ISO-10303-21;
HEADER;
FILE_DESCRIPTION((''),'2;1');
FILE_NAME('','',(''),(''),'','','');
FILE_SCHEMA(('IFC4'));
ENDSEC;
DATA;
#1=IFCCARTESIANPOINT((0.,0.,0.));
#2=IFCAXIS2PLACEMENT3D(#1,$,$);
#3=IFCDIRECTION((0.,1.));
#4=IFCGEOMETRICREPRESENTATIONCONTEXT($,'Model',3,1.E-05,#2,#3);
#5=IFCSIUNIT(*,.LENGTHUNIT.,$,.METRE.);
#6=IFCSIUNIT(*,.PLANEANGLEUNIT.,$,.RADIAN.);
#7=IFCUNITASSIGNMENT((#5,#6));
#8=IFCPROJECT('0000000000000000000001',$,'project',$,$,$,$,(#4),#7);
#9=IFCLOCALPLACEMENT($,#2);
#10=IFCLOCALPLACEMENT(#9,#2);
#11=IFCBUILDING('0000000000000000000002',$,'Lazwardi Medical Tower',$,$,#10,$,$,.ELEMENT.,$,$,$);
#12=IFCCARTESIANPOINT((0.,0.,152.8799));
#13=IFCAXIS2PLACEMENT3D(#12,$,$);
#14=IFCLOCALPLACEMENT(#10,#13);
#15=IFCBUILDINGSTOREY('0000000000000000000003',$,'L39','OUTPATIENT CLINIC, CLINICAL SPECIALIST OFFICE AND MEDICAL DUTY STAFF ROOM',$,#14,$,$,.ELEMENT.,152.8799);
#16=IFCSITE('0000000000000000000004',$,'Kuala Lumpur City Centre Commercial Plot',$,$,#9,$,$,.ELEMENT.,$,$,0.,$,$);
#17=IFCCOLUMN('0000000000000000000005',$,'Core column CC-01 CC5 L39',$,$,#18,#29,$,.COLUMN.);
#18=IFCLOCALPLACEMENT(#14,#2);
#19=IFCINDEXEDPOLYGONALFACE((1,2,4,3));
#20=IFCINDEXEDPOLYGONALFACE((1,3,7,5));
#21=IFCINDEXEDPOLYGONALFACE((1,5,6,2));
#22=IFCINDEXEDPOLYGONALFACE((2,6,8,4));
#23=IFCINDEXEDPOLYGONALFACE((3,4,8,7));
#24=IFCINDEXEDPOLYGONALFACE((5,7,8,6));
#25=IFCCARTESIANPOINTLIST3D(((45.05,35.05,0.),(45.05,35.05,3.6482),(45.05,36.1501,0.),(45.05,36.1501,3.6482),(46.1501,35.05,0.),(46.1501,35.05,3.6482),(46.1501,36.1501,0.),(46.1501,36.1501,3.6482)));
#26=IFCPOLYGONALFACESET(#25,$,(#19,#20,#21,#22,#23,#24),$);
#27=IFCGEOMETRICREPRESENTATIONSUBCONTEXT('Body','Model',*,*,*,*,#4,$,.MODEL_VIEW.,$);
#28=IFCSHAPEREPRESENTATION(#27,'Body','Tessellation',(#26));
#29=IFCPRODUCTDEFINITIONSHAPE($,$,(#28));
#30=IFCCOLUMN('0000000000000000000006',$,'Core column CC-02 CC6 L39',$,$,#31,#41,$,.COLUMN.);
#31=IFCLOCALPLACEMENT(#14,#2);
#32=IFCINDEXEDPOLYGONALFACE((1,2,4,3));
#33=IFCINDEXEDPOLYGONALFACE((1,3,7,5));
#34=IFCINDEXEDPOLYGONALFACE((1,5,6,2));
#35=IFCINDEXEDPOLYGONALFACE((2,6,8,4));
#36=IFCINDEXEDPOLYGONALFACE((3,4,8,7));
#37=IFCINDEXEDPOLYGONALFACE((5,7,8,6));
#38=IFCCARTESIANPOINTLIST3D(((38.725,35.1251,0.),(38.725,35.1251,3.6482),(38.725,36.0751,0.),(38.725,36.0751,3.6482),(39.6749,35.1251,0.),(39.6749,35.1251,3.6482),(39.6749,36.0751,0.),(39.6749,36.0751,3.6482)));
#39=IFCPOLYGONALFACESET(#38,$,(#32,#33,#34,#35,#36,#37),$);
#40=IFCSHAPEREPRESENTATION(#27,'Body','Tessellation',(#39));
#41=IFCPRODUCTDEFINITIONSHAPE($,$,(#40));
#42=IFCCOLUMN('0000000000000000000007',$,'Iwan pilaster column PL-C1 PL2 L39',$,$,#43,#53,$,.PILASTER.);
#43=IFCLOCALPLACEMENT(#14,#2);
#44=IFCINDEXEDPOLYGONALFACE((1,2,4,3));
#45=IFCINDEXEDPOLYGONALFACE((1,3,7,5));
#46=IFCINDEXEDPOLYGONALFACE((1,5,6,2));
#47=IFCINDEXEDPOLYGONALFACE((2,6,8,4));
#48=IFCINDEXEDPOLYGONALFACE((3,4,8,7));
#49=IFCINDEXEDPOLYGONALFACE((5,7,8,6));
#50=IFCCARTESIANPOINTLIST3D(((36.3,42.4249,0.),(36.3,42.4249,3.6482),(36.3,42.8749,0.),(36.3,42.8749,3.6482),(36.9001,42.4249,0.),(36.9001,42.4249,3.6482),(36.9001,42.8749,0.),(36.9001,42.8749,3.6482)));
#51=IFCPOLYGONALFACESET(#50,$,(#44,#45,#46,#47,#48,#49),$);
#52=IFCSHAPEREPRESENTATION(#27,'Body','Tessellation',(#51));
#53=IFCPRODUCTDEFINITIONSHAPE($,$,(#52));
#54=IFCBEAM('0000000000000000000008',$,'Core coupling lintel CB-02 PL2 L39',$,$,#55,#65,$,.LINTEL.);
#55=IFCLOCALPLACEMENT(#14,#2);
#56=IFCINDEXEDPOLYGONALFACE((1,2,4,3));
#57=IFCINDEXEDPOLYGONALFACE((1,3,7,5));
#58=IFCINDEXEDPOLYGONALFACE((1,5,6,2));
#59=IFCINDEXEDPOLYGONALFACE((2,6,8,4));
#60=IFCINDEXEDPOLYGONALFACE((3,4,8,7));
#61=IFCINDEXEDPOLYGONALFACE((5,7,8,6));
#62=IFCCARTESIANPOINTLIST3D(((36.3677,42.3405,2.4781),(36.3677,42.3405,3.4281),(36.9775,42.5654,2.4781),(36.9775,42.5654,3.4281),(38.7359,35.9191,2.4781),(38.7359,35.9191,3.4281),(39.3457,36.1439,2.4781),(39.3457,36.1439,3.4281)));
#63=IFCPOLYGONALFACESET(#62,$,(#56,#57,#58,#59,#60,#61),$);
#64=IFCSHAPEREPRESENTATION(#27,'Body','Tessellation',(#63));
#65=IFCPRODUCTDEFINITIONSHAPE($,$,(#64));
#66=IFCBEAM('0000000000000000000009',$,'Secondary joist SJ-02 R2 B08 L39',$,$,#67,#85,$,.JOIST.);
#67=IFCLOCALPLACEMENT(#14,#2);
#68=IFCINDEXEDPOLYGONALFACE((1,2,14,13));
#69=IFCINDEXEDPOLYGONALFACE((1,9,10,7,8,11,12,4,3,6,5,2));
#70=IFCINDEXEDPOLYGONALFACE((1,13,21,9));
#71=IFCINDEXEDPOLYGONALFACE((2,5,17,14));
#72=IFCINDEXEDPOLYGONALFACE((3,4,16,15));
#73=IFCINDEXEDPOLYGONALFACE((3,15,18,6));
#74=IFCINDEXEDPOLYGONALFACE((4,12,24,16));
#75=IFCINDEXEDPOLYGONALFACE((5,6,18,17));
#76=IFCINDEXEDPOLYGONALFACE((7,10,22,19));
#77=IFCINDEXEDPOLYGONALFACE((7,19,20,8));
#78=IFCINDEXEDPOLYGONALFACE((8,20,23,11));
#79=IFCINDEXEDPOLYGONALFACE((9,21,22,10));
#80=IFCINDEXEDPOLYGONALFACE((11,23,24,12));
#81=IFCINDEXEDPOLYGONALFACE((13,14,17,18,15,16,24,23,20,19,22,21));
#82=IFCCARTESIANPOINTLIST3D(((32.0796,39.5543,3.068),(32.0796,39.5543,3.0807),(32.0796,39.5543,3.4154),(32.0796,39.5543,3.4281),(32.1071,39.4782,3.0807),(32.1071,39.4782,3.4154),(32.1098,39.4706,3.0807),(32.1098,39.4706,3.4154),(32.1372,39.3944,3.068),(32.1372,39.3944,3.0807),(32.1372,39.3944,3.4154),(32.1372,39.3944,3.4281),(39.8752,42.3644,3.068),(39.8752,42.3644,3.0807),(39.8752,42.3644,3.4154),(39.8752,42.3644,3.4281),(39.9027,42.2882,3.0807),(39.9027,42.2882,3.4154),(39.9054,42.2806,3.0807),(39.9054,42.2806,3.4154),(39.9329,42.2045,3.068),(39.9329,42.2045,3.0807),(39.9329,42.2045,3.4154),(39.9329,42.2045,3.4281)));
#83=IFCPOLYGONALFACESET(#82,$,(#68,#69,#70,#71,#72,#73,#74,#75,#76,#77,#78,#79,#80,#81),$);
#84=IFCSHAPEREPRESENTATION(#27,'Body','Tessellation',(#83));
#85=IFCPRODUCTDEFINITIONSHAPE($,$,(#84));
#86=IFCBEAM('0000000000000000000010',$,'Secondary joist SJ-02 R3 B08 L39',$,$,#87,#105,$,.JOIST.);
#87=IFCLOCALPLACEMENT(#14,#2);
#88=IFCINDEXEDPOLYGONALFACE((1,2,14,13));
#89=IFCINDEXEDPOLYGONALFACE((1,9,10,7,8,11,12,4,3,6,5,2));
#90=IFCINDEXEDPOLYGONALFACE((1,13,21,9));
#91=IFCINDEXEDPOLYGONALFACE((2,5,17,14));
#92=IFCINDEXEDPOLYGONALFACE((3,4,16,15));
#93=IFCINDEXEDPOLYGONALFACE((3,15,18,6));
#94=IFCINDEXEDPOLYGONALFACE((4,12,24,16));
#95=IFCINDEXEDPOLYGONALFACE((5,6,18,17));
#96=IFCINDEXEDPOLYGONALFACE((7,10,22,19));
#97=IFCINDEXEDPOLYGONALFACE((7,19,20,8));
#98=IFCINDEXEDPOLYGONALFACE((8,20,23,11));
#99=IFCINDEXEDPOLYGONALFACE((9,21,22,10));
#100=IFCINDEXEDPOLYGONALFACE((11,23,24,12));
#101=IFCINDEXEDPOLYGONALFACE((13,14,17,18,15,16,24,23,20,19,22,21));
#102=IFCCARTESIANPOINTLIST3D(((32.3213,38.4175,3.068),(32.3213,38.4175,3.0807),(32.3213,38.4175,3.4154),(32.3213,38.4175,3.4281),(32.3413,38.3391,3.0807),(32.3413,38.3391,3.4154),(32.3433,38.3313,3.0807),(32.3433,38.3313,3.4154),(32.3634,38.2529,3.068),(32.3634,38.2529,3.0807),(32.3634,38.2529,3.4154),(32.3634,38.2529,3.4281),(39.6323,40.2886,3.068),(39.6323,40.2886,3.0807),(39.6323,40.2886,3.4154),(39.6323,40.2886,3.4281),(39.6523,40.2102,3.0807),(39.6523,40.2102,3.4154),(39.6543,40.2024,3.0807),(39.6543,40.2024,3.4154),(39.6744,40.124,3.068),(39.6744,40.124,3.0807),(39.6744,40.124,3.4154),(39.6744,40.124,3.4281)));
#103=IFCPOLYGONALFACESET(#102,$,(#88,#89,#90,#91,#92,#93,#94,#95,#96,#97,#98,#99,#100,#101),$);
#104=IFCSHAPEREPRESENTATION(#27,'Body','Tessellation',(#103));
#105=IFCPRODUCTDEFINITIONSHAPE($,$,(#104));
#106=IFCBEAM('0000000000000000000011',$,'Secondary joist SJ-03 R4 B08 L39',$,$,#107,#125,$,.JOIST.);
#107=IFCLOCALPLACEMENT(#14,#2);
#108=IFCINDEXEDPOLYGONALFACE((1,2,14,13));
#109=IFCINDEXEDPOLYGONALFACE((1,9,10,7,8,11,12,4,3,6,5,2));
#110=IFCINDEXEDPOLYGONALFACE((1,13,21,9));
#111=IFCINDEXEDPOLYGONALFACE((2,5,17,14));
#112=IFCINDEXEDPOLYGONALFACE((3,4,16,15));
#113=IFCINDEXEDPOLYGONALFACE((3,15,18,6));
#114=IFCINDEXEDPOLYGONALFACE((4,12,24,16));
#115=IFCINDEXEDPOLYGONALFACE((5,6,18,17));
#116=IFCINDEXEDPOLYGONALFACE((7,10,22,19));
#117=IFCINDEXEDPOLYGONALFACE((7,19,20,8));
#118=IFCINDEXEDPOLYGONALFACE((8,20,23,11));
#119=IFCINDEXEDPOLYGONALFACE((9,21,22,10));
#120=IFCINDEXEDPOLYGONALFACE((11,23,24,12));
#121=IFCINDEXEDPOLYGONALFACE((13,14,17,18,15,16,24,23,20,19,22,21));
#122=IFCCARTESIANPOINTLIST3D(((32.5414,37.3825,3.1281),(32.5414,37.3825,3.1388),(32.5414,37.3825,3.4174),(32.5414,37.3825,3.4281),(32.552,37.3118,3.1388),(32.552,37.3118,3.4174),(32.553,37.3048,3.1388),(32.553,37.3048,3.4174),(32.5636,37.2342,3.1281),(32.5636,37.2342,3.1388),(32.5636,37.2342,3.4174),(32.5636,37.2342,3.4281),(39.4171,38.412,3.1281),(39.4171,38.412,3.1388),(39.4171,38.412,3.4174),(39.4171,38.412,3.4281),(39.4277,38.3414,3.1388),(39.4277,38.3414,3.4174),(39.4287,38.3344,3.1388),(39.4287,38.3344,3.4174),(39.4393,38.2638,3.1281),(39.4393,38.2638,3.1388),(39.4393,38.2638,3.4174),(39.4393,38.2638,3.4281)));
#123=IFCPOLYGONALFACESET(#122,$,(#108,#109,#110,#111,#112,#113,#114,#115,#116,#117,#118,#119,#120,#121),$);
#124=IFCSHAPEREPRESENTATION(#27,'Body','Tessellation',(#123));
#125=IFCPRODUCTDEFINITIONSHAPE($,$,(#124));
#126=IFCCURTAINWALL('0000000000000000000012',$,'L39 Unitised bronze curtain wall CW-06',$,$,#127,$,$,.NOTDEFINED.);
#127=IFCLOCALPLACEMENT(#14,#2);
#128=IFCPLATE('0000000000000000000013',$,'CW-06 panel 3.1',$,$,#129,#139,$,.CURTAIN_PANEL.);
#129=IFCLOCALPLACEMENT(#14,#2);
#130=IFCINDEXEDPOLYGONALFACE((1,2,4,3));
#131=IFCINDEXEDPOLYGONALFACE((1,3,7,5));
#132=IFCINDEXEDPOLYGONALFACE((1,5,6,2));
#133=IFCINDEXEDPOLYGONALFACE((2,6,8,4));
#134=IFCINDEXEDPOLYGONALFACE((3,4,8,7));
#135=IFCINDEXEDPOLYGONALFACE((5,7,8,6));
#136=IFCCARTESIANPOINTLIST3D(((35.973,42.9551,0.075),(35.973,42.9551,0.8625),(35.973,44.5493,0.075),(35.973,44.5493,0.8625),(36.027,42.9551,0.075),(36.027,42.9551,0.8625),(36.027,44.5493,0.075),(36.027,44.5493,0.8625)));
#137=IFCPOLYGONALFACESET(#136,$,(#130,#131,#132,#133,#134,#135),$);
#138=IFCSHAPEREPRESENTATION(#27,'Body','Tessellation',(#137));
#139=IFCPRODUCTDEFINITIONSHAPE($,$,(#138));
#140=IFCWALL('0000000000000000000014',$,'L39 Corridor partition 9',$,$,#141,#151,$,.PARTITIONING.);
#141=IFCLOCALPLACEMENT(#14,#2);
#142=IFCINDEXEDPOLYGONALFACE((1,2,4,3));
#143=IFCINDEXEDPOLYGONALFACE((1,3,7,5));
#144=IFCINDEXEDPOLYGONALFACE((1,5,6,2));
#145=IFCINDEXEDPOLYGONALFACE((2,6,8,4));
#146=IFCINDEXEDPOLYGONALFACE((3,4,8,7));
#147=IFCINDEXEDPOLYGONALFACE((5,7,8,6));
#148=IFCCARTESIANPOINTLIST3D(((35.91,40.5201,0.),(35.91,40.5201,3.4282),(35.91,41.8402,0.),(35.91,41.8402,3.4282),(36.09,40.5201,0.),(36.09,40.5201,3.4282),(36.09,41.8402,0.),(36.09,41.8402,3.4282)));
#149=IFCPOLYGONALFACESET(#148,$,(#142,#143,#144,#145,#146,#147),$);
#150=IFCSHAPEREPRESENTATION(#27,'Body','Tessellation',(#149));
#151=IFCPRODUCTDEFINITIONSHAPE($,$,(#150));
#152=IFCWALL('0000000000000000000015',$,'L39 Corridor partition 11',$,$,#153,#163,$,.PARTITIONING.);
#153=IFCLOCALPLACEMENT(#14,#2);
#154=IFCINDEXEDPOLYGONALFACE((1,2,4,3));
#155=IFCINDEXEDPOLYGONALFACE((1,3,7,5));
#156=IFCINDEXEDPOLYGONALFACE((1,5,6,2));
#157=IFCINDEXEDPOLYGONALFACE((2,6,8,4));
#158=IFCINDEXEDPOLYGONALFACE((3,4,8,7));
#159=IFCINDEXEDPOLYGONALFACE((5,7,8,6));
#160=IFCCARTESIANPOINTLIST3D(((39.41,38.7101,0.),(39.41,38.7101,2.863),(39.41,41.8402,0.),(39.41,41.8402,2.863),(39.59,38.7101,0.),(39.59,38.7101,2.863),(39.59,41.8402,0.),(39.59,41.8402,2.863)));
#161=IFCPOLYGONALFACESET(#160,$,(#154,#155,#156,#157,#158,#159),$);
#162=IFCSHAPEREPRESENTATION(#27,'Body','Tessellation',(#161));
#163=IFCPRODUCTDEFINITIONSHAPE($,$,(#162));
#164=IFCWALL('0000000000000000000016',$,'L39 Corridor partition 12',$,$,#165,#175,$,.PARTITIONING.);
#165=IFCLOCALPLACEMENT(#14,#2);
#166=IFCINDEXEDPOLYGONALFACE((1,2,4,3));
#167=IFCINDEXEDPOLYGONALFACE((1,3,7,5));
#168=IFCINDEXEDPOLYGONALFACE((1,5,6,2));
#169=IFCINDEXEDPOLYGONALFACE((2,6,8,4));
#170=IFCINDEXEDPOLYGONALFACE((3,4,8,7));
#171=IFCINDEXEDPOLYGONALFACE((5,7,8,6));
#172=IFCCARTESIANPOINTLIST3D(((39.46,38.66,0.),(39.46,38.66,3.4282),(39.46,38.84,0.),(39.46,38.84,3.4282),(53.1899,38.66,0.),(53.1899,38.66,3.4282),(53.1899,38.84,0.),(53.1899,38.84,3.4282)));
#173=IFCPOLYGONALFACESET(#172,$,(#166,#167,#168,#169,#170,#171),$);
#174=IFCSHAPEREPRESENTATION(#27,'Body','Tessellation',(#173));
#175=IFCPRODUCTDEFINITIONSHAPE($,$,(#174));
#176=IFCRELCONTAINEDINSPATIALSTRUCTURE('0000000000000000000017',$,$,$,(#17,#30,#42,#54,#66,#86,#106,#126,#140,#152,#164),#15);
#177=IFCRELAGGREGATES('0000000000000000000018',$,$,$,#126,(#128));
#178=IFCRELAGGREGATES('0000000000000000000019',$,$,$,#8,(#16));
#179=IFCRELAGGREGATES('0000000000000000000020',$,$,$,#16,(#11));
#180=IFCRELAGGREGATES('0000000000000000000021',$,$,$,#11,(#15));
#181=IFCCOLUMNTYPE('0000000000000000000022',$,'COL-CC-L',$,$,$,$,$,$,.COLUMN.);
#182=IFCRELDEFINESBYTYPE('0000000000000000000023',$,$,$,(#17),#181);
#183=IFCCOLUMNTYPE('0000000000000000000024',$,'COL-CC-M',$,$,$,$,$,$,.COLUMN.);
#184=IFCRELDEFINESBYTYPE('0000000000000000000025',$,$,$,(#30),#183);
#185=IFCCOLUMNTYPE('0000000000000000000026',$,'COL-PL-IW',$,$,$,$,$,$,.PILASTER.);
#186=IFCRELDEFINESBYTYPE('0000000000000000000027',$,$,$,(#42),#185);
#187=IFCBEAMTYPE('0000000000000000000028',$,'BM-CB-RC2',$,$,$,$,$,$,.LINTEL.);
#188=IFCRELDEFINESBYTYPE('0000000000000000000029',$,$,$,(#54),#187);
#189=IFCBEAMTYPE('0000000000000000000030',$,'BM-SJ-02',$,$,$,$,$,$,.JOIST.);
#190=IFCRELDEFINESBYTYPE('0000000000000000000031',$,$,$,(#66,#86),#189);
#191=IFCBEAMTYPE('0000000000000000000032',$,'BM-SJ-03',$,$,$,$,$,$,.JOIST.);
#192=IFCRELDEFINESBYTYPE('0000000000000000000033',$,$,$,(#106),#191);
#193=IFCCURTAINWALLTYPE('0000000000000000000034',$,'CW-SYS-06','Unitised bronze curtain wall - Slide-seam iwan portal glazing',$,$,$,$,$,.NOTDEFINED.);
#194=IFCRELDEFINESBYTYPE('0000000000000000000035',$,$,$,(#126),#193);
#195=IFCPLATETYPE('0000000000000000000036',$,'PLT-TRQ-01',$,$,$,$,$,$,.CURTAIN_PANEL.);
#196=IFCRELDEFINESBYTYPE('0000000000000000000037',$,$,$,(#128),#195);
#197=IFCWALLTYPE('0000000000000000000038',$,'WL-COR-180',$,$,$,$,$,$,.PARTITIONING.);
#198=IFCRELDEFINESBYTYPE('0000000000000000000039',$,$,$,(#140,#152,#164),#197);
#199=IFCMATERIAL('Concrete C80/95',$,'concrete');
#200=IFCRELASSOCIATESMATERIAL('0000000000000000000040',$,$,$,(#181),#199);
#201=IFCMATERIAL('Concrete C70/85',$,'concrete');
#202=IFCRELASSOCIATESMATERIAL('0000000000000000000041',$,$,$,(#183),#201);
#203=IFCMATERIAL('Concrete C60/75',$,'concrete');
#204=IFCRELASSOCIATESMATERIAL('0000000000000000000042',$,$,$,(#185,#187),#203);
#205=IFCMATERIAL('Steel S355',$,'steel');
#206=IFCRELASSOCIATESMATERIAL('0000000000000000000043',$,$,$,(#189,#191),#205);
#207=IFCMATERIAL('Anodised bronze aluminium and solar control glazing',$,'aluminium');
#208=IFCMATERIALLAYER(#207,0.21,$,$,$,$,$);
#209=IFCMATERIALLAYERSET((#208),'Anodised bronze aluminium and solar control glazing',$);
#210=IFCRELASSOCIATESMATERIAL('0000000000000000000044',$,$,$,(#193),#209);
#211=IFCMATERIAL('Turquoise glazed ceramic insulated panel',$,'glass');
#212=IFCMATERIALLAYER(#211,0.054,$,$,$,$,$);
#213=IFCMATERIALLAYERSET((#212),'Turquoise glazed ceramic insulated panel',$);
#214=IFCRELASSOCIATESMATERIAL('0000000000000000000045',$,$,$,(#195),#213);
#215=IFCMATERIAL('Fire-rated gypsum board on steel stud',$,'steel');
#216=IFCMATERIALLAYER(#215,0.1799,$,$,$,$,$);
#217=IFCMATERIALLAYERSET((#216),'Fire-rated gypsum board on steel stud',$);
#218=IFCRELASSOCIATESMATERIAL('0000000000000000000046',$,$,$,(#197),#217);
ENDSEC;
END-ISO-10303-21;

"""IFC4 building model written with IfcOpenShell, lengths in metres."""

from ifc_helpers import new_model, si_unit, direction, frame, frame_2d, origin, origin_2d, place, context, subcontext, project, spatial, rectangle, i_section, extrude, material, layer, layer_set, material_profile, profile_set, type_object, element, aggregate, save


model = new_model("IFC4")

# Units and contexts
model_context = context("Model", 3, precision=1e-05, world=origin(), true_north=direction((0.0, 1.0)))
body_context = subcontext(model_context, "Body", "Model", "MODEL_VIEW")
ifc_project = project(units=[si_unit("LENGTHUNIT", "METRE"), si_unit("PLANEANGLEUNIT", "RADIAN")], contexts=[model_context])

# Site, building, storey
site_placement = place(None, origin())
site = spatial("IfcSite", under=ifc_project, at=site_placement, Name="Kuala Lumpur City Centre Commercial Plot", CompositionType="ELEMENT", RefElevation=0.0)
building_placement = place(site_placement, origin())
building = spatial("IfcBuilding", under=site, at=building_placement, Name="Lazwardi Medical Tower", CompositionType="ELEMENT")
storey_placement = place(building_placement, frame((0.0, 0.0, 152.8799)))
storey = spatial("IfcBuildingStorey", under=building, at=storey_placement, Name="L39", Description="OUTPATIENT CLINIC, CLINICAL SPECIALIST OFFICE AND MEDICAL DUTY STAFF ROOM", CompositionType="ELEMENT", Elevation=152.8799)

# Columns
ifc_material_1 = material(Name="Concrete C80/95", Category="concrete")
ifc_material_profile_1 = material_profile(ifc_material_1, rectangle(XDim=1.1001, YDim=1.1001, at=origin_2d()), Name="RC 1100x1100")
ifc_profile_set_1 = profile_set([ifc_material_profile_1], Name="Concrete C80/95")
column_type_1 = type_object("IfcColumnType", Name="COL-CC-L", PredefinedType="COLUMN", material=ifc_profile_set_1)
column_1_placement = place(storey_placement, frame((45.6001, 35.6001, 0.0), z_axis=(0.0, 0.0, 1.0), x_axis=(1.0, 0.0, 0.0)))
element("IfcColumn", 1, at=column_1_placement, inside=storey, type_object=column_type_1, Name="Core column CC-01 CC5 L39", PredefinedType="COLUMN", context=body_context, shape_type="SweptSolid", body=[
    extrude(rectangle(XDim=1.1001, YDim=1.1001, at=origin_2d()), origin(), (0.0, 0.0, 1.0), 3.6482),
])
ifc_material_2 = material(Name="Concrete C70/85", Category="concrete")
ifc_material_profile_2 = material_profile(ifc_material_2, rectangle(XDim=0.95, YDim=0.95, at=origin_2d()), Name="RC 950x950")
ifc_profile_set_2 = profile_set([ifc_material_profile_2], Name="Concrete C70/85")
column_type_2 = type_object("IfcColumnType", Name="COL-CC-M", PredefinedType="COLUMN", material=ifc_profile_set_2)
column_2_placement = place(storey_placement, frame((39.2, 35.6001, 0.0), z_axis=(0.0, 0.0, 1.0), x_axis=(1.0, 0.0, 0.0)))
element("IfcColumn", 2, at=column_2_placement, inside=storey, type_object=column_type_2, Name="Core column CC-02 CC6 L39", PredefinedType="COLUMN", context=body_context, shape_type="SweptSolid", body=[
    extrude(rectangle(XDim=0.95, YDim=0.95, at=origin_2d()), origin(), (0.0, 0.0, 1.0), 3.6482),
])
ifc_material_3 = material(Name="Concrete C60/75", Category="concrete")
ifc_material_profile_3 = material_profile(ifc_material_3, rectangle(XDim=0.6001, YDim=0.45, at=origin_2d()), Name="RC 600x450")
ifc_profile_set_3 = profile_set([ifc_material_profile_3], Name="Concrete C60/75")
column_type_3 = type_object("IfcColumnType", Name="COL-PL-IW", PredefinedType="PILASTER", material=ifc_profile_set_3)
column_3_placement = place(storey_placement, frame((36.6001, 42.6499, 0.0), z_axis=(0.0, 0.0, 1.0), x_axis=(1.0, 0.0, 0.0)))
element("IfcColumn", 3, at=column_3_placement, inside=storey, type_object=column_type_3, Name="Iwan pilaster column PL-C1 PL2 L39", PredefinedType="PILASTER", context=body_context, shape_type="SweptSolid", body=[
    extrude(rectangle(XDim=0.6001, YDim=0.45, at=origin_2d()), origin(), (0.0, 0.0, 1.0), 3.6482),
])

# Beams
ifc_material_profile_4 = material_profile(ifc_material_3, rectangle(XDim=0.6499, YDim=0.95, at=origin_2d()), Name="RC 650x950")
ifc_profile_set_4 = profile_set([ifc_material_profile_4], Name="Concrete C60/75")
beam_type_1 = type_object("IfcBeamType", Name="BM-CB-RC2", PredefinedType="LINTEL", material=ifc_profile_set_4)
beam_1_placement = place(storey_placement, frame((39.0408, 36.0315, 2.9531), z_axis=(-0.346013, 0.93823, 0.0), x_axis=(-0.93823, -0.346013, 0.0)))
element("IfcBeam", 4, at=beam_1_placement, inside=storey, type_object=beam_type_1, Name="Core coupling lintel CB-02 PL2 L39", PredefinedType="LINTEL", context=body_context, shape_type="SweptSolid", body=[
    extrude(rectangle(XDim=0.6499, YDim=0.95, at=origin_2d()), origin(), (0.0, 0.0, 1.0), 6.8442),
])
ifc_material_4 = material(Name="Steel S355", Category="steel")
ifc_material_profile_5 = material_profile(ifc_material_4, i_section(OverallWidth=0.1699, OverallDepth=0.3601, WebThickness=0.0081, FlangeThickness=0.0127, at=origin_2d()), Name="IPE 360")
ifc_profile_set_5 = profile_set([ifc_material_profile_5], Name="Steel S355")
beam_type_2 = type_object("IfcBeamType", Name="BM-SJ-02", PredefinedType="JOIST", material=ifc_profile_set_5)
beam_2_placement = place(storey_placement, frame((39.9041, 42.2844, 3.248), z_axis=(-0.940748, -0.339106, 0.0), x_axis=(0.339106, -0.940748, 0.0)))
element("IfcBeam", 5, at=beam_2_placement, inside=storey, type_object=beam_type_2, Name="Secondary joist SJ-02 R2 B08 L39", PredefinedType="JOIST", context=body_context, shape_type="SweptSolid", body=[
    extrude(i_section(OverallWidth=0.1699, OverallDepth=0.3601, WebThickness=0.0081, FlangeThickness=0.0127, at=origin_2d()), origin(), (0.0, 0.0, 1.0), 8.2866),
])
beam_3_placement = place(storey_placement, frame((39.6533, 40.2063, 3.248), z_axis=(-0.968776, -0.247936, 0.0), x_axis=(0.247936, -0.968776, 0.0)))
element("IfcBeam", 6, at=beam_3_placement, inside=storey, type_object=beam_type_2, Name="Secondary joist SJ-02 R3 B08 L39", PredefinedType="JOIST", context=body_context, shape_type="SweptSolid", body=[
    extrude(i_section(OverallWidth=0.1699, OverallDepth=0.3601, WebThickness=0.0081, FlangeThickness=0.0127, at=origin_2d()), origin(), (0.0, 0.0, 1.0), 7.5466),
])
ifc_material_profile_6 = material_profile(ifc_material_4, i_section(OverallWidth=0.1499, OverallDepth=0.3, WebThickness=0.0071, FlangeThickness=0.0107, at=origin_2d()), Name="IPE 300")
ifc_profile_set_6 = profile_set([ifc_material_profile_6], Name="Steel S355")
beam_type_3 = type_object("IfcBeamType", Name="BM-SJ-03", PredefinedType="JOIST", material=ifc_profile_set_6)
beam_4_placement = place(storey_placement, frame((39.4282, 38.3379, 3.2781), z_axis=(-0.988975, -0.148085, 0.0), x_axis=(0.148085, -0.988975, 0.0)))
element("IfcBeam", 7, at=beam_4_placement, inside=storey, type_object=beam_type_3, Name="Secondary joist SJ-03 R4 B08 L39", PredefinedType="JOIST", context=body_context, shape_type="SweptSolid", body=[
    extrude(i_section(OverallWidth=0.1499, OverallDepth=0.3, WebThickness=0.0071, FlangeThickness=0.0107, at=origin_2d()), origin(), (0.0, 0.0, 1.0), 6.9524),
])

# Curtain wall, plate
ifc_material_5 = material(Name="Anodised bronze aluminium and solar control glazing", Category="aluminium")
ifc_layer_1 = layer(ifc_material_5, 0.21)
ifc_layer_set_1 = layer_set([ifc_layer_1], Name="Anodised bronze aluminium and solar control glazing")
curtain_wall_type = type_object("IfcCurtainWallType", Name="CW-SYS-06", Description="Unitised bronze curtain wall - Slide-seam iwan portal glazing", PredefinedType="NOTDEFINED", material=ifc_layer_set_1)
curtain_wall_placement = place(storey_placement, origin())
curtain_wall = element("IfcCurtainWall", 8, at=curtain_wall_placement, inside=storey, type_object=curtain_wall_type, Name="L39 Unitised bronze curtain wall CW-06", PredefinedType="NOTDEFINED")
ifc_material_6 = material(Name="Turquoise glazed ceramic insulated panel", Category="glass")
ifc_layer_2 = layer(ifc_material_6, 0.054)
ifc_layer_set_2 = layer_set([ifc_layer_2], Name="Turquoise glazed ceramic insulated panel")
plate_type = type_object("IfcPlateType", Name="PLT-TRQ-01", PredefinedType="CURTAIN_PANEL", material=ifc_layer_set_2)
plate_placement = place(storey_placement, frame((36.0, 43.7522, 0.075), z_axis=(0.0, 0.0, 1.0), x_axis=(0.0, -1.0, 0.0)))
plate = element("IfcPlate", 9, at=plate_placement, type_object=plate_type, Name="CW-06 panel 3.1", PredefinedType="CURTAIN_PANEL", context=body_context, shape_type="SweptSolid", body=[
    extrude(rectangle(XDim=1.5942, YDim=0.054, at=origin_2d()), origin(), (0.0, 0.0, 1.0), 0.7876),
])
aggregate(curtain_wall, [plate])

# Walls
ifc_material_7 = material(Name="Fire-rated gypsum board on steel stud", Category="steel")
ifc_layer_3 = layer(ifc_material_7, 0.1799)
ifc_layer_set_3 = layer_set([ifc_layer_3], Name="Fire-rated gypsum board on steel stud")
wall_type_1 = type_object("IfcWallType", Name="WL-COR-180", PredefinedType="PARTITIONING", material=ifc_layer_set_3)
wall_1_placement = place(storey_placement, frame((36.0, 40.52, 0.0), z_axis=(0.0, 0.0, 1.0), x_axis=(0.0, 1.0, 0.0)))
element("IfcWall", 10, at=wall_1_placement, inside=storey, type_object=wall_type_1, Name="L39 Corridor partition 9", PredefinedType="PARTITIONING", context=body_context, shape_type="SweptSolid", body=[
    extrude(rectangle(XDim=1.3201, YDim=0.1799, at=frame_2d((0.6602, 0.0))), origin(), (0.0, 0.0, 1.0), 3.4282),
])
wall_2_placement = place(storey_placement, frame((39.5, 41.8401, 0.0), z_axis=(0.0, 0.0, 1.0), x_axis=(0.0, -1.0, 0.0)))
element("IfcWall", 11, at=wall_2_placement, inside=storey, type_object=wall_type_1, Name="L39 Corridor partition 11", PredefinedType="PARTITIONING", context=body_context, shape_type="SweptSolid", body=[
    extrude(rectangle(XDim=3.1301, YDim=0.1799, at=frame_2d((1.5649, 0.0))), origin(), (0.0, 0.0, 1.0), 2.863),
])
wall_3_placement = place(storey_placement, frame((39.46, 38.75, 0.0), z_axis=(0.0, 0.0, 1.0), x_axis=(1.0, 0.0, 0.0)))
element("IfcWall", 12, at=wall_3_placement, inside=storey, type_object=wall_type_1, Name="L39 Corridor partition 12", PredefinedType="PARTITIONING", context=body_context, shape_type="SweptSolid", body=[
    extrude(rectangle(XDim=13.73, YDim=0.1799, at=frame_2d((6.865, 0.0))), origin(), (0.0, 0.0, 1.0), 3.4282),
])

save(model, "model.ifc")
